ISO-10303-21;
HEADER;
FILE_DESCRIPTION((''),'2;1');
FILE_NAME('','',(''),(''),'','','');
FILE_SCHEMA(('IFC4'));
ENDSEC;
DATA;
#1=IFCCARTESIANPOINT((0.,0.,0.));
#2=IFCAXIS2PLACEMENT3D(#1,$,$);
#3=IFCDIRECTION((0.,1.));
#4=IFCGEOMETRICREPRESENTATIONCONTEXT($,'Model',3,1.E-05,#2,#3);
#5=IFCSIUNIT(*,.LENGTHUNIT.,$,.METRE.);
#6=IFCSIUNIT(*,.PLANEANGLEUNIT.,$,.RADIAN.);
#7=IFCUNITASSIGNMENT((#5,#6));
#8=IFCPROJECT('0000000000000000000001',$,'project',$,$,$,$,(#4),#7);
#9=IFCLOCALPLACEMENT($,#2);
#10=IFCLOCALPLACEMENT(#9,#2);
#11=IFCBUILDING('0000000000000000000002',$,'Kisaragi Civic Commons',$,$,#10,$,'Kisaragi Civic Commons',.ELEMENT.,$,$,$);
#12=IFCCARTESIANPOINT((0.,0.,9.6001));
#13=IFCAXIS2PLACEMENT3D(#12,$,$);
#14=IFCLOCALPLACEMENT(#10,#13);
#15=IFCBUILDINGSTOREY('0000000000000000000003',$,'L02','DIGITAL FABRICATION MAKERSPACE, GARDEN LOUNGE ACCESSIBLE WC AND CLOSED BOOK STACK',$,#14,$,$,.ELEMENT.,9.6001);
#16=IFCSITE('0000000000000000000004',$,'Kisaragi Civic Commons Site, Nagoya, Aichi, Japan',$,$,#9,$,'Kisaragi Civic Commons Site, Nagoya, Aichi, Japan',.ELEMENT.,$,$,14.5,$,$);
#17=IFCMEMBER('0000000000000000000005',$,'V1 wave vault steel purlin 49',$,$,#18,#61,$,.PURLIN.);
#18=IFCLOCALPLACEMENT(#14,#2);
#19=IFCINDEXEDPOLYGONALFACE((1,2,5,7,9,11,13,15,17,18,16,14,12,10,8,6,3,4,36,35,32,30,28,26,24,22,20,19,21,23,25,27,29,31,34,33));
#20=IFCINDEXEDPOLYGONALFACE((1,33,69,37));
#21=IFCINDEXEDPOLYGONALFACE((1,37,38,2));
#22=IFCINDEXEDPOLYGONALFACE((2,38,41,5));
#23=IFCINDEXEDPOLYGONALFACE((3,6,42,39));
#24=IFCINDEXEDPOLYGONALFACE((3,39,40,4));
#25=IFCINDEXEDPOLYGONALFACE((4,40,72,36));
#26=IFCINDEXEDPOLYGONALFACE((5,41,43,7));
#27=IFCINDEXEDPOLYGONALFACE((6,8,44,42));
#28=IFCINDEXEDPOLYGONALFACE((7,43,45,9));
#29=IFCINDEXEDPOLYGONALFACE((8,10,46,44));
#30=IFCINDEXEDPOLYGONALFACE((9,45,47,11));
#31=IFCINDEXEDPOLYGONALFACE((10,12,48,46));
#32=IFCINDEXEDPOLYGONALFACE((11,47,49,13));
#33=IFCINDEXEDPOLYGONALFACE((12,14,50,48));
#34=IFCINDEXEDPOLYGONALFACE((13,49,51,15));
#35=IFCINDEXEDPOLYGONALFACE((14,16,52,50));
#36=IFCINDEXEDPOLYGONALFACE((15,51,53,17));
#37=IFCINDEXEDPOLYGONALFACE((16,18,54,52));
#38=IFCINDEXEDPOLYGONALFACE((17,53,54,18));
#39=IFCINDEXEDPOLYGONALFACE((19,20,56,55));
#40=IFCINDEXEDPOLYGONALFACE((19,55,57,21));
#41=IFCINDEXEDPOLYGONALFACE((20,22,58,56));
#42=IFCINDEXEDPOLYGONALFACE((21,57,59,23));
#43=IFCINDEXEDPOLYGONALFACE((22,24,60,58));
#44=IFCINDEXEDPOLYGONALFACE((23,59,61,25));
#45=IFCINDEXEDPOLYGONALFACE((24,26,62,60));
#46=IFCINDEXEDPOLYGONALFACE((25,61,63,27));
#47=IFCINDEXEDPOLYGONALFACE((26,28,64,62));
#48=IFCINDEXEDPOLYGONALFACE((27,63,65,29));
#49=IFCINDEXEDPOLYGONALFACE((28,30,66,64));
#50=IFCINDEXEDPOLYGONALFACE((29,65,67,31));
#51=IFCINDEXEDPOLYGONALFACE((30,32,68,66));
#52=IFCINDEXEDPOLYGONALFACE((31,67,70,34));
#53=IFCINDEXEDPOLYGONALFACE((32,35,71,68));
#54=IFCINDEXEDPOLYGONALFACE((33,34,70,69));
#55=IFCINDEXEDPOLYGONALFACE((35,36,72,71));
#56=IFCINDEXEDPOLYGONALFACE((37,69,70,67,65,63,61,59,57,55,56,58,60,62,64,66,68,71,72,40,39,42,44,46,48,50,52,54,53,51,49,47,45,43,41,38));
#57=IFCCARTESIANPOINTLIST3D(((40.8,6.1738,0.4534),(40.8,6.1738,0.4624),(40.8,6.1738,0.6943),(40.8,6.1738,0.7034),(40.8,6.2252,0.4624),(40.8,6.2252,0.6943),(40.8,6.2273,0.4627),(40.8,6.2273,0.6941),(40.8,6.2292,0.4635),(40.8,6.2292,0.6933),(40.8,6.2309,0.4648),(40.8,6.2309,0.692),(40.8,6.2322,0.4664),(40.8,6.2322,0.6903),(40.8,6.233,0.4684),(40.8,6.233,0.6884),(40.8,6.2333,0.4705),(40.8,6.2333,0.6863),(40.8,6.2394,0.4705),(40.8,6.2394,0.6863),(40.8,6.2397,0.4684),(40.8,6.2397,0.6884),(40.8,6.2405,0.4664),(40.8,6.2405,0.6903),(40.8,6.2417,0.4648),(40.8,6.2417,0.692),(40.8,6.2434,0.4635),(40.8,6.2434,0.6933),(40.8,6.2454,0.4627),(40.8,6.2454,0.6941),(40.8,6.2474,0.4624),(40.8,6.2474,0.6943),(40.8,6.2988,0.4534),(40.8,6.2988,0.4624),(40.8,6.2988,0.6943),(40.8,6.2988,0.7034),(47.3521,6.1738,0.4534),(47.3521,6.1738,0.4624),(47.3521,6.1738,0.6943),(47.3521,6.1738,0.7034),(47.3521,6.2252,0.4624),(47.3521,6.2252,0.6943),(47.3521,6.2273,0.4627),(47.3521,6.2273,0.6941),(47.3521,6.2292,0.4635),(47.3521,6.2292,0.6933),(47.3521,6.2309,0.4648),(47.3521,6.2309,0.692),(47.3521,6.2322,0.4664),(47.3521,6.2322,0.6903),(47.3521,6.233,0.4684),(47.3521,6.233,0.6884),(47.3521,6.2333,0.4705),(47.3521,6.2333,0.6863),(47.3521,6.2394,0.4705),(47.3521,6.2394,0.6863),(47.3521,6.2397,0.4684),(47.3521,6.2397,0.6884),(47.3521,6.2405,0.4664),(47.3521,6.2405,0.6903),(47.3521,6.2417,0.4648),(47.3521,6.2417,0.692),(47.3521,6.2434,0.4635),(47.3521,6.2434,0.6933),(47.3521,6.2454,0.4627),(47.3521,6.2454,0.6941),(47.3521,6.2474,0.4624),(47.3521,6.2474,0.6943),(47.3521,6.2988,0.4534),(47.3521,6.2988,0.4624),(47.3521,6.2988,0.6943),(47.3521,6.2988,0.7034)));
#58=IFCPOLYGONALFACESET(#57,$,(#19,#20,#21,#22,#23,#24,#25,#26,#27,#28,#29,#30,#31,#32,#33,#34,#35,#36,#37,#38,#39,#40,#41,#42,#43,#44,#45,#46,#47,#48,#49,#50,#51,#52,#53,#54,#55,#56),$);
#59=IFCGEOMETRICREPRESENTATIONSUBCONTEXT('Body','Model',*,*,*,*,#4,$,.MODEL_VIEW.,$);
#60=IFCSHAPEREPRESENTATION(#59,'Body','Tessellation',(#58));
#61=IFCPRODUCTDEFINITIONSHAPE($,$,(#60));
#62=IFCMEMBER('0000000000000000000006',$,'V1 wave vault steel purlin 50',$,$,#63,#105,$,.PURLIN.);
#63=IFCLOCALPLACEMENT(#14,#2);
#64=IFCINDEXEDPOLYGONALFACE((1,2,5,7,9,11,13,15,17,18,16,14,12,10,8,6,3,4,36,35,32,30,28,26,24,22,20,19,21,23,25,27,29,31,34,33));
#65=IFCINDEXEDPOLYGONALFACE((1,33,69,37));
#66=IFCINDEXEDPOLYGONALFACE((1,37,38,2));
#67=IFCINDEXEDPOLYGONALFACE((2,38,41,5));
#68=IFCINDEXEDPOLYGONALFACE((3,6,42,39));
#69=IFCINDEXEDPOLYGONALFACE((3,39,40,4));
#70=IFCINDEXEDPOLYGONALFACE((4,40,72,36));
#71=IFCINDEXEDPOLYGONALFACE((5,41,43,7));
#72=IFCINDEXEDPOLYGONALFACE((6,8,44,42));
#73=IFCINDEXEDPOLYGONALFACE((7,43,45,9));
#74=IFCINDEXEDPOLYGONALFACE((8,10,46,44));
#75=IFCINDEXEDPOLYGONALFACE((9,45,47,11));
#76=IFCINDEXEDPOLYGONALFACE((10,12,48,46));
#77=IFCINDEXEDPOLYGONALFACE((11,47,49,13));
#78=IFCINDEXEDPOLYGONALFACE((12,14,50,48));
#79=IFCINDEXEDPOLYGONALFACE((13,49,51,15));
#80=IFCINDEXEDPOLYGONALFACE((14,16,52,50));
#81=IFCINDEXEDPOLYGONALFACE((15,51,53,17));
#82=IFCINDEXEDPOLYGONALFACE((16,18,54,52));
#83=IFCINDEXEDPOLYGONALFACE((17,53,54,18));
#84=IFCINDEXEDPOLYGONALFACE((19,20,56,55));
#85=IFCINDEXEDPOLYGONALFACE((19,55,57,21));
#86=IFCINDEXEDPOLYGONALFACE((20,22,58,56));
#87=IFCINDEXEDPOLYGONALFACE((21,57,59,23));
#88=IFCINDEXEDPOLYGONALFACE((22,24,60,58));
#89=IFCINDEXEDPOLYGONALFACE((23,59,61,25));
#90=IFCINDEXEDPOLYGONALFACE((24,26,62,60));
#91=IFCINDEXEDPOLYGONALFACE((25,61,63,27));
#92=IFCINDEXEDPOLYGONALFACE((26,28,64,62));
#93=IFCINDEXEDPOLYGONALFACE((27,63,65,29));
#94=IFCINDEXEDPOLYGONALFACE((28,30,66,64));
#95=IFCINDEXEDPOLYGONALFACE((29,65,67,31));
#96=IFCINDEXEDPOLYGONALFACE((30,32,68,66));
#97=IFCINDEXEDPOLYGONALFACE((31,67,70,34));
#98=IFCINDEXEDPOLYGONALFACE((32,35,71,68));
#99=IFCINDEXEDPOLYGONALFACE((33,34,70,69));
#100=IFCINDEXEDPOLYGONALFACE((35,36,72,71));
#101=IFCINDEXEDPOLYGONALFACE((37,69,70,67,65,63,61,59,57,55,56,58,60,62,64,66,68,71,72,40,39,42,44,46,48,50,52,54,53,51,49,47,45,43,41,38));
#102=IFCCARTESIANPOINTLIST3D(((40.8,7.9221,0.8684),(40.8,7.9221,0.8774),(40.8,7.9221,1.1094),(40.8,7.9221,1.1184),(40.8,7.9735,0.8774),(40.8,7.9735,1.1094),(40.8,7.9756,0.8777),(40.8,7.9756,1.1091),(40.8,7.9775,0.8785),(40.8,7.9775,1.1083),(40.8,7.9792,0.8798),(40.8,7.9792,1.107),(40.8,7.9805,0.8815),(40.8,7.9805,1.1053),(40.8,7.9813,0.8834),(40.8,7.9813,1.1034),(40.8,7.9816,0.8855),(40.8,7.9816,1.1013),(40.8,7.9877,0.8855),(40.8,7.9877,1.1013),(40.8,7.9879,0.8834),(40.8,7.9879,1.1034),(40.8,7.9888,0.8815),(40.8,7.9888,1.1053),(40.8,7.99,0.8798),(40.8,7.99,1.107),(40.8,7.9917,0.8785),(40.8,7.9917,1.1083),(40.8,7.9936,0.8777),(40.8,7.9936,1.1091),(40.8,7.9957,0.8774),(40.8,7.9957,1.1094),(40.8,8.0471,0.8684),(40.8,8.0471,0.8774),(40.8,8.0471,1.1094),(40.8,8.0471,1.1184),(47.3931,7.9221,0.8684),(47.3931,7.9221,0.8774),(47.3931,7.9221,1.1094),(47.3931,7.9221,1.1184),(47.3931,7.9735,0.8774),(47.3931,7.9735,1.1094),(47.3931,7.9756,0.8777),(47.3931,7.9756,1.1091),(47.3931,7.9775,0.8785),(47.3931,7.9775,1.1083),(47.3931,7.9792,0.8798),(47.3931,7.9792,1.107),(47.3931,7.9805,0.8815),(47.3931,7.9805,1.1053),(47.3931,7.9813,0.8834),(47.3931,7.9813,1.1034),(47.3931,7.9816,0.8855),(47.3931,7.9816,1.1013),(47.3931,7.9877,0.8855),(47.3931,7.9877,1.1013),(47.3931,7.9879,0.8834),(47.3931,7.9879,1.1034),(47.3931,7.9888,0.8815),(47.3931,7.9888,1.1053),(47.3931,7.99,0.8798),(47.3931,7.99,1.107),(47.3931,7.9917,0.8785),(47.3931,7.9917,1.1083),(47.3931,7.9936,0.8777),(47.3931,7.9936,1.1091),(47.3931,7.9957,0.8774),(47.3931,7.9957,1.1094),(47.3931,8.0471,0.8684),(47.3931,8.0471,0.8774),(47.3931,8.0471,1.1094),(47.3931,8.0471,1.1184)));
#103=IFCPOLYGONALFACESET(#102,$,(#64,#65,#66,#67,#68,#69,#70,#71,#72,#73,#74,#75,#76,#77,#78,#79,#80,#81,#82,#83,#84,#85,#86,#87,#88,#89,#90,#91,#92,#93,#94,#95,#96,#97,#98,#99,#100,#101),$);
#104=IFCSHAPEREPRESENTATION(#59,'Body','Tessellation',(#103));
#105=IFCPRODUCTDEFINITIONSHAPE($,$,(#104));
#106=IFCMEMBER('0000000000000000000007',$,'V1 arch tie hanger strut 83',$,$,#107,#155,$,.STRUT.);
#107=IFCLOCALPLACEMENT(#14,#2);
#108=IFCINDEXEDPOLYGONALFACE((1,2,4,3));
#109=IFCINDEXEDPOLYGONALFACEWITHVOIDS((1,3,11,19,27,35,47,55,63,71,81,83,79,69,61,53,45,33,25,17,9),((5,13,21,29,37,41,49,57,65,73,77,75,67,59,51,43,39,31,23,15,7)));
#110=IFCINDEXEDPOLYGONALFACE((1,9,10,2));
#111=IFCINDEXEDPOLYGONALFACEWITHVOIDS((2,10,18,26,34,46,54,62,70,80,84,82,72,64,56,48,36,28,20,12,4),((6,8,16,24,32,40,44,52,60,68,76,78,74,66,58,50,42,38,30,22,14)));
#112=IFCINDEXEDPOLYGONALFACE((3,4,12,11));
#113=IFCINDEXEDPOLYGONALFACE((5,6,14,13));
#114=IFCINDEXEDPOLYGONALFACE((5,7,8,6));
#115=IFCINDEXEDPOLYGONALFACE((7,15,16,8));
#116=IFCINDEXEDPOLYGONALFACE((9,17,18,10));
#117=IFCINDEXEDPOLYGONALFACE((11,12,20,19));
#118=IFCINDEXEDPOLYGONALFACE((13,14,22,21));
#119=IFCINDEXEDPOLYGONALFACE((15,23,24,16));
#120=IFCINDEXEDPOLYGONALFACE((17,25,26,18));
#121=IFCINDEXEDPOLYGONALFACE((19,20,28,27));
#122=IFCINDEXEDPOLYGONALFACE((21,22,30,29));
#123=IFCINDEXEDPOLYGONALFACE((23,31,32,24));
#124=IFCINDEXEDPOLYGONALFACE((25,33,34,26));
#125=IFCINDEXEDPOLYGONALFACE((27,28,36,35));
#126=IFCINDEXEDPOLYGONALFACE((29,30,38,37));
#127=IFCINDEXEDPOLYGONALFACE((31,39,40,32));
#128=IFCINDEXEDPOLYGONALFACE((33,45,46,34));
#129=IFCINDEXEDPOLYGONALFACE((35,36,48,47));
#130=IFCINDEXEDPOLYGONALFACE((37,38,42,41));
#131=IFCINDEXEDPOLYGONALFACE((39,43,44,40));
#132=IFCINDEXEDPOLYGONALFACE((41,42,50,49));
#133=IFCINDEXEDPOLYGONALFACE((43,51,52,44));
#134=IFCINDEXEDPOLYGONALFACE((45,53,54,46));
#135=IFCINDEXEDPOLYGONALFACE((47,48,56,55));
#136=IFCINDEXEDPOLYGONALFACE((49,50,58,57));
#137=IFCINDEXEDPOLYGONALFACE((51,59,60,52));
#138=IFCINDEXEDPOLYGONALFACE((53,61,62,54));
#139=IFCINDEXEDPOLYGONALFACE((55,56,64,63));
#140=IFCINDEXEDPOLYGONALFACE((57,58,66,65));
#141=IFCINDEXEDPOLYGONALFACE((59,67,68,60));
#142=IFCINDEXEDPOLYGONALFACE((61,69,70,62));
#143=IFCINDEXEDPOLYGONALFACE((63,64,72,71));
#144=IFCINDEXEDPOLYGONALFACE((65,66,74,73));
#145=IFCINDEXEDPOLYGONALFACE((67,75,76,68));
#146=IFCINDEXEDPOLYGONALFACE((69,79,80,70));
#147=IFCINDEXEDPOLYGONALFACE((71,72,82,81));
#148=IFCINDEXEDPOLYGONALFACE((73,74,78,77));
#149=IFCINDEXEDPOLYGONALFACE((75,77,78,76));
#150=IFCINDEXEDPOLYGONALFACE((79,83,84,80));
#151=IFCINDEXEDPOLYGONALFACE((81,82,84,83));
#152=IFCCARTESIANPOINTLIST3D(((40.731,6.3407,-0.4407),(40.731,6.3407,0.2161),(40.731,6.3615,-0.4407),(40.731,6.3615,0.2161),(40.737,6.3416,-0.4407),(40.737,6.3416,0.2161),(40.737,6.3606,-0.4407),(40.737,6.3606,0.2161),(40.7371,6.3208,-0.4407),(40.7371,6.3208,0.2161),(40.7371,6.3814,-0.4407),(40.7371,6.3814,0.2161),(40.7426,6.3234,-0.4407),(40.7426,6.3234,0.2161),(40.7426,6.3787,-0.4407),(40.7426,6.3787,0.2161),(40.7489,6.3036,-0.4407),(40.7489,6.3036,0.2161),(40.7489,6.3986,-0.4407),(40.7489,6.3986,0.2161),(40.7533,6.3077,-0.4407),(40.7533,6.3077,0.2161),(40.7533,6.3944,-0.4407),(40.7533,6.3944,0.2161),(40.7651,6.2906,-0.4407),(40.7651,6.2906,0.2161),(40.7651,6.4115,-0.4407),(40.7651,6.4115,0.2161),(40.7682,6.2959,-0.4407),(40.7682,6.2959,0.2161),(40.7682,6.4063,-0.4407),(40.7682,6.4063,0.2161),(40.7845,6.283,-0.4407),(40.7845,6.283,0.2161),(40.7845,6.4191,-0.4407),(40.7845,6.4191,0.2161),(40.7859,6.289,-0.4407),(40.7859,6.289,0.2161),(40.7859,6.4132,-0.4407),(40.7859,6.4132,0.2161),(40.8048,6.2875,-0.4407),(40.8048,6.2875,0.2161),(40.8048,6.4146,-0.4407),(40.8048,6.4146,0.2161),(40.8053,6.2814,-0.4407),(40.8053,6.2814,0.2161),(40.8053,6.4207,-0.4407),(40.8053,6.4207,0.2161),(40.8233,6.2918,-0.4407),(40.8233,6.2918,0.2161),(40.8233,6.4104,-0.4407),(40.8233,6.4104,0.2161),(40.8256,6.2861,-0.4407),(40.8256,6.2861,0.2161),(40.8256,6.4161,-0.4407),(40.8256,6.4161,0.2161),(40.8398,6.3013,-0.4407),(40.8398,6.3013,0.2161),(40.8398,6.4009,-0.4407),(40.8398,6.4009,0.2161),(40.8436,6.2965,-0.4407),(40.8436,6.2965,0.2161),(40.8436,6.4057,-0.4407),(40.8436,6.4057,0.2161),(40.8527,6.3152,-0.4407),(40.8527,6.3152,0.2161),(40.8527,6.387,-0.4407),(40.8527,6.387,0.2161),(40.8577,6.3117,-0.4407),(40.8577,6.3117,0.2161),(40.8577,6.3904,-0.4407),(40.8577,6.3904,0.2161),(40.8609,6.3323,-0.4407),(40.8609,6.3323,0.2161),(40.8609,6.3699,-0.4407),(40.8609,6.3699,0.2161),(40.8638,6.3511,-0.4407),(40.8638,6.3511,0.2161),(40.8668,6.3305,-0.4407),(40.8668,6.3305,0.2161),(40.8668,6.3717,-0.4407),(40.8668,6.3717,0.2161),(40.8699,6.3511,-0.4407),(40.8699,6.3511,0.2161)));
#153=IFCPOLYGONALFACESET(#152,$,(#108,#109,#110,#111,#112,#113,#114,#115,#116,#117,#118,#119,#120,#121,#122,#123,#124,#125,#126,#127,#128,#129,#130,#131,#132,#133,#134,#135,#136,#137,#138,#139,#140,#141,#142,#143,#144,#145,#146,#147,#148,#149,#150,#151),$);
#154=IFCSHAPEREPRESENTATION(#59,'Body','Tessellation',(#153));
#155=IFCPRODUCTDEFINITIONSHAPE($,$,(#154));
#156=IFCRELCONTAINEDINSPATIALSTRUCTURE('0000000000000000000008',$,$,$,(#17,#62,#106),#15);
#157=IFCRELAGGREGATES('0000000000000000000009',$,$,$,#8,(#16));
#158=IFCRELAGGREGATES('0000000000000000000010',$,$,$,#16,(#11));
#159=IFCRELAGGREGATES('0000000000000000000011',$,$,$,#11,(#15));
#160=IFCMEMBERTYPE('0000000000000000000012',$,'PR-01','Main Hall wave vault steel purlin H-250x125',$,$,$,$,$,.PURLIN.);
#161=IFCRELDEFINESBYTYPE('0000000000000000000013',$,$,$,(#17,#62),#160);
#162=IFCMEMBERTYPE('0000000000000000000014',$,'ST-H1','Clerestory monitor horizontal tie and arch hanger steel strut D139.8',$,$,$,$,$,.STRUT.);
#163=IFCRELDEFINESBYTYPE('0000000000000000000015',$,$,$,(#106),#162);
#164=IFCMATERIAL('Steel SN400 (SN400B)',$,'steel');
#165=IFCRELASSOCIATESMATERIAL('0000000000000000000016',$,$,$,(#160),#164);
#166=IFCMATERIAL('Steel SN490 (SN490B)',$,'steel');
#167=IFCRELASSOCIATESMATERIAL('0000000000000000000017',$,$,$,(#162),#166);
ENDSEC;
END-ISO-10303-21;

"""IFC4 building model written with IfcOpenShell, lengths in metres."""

from ifc_helpers import new_model, si_unit, direction, frame, origin, origin_2d, place, context, subcontext, project, spatial, hollow_circle, i_section, extrude, material, material_profile, profile_set, type_object, element, save


model = new_model("IFC4")

# Units and contexts
model_context = context("Model", 3, precision=1e-05, world=origin(), true_north=direction((0.0, 1.0)))
body_context = subcontext(model_context, "Body", "Model", "MODEL_VIEW")
ifc_project = project(units=[si_unit("LENGTHUNIT", "METRE"), si_unit("PLANEANGLEUNIT", "RADIAN")], contexts=[model_context])

# Site, building, storey
site_placement = place(None, origin())
site = spatial("IfcSite", under=ifc_project, at=site_placement, Name="Kisaragi Civic Commons Site, Nagoya, Aichi, Japan", LongName="Kisaragi Civic Commons Site, Nagoya, Aichi, Japan", CompositionType="ELEMENT", RefElevation=14.5)
building_placement = place(site_placement, origin())
building = spatial("IfcBuilding", under=site, at=building_placement, Name="Kisaragi Civic Commons", LongName="Kisaragi Civic Commons", CompositionType="ELEMENT")
storey_placement = place(building_placement, frame((0.0, 0.0, 9.6001)))
storey = spatial("IfcBuildingStorey", under=building, at=storey_placement, Name="L02", Description="DIGITAL FABRICATION MAKERSPACE, GARDEN LOUNGE ACCESSIBLE WC AND CLOSED BOOK STACK", CompositionType="ELEMENT", Elevation=9.6001)

# Shared definitions
ifc_material_1 = material(Name="Steel SN400 (SN400B)", Category="steel")

# Members
ifc_material_2 = material(Name="Steel SN490 (SN490B)", Category="steel")
ifc_material_profile_1 = material_profile(ifc_material_1, i_section(OverallWidth=0.125, OverallDepth=0.25, WebThickness=0.0061, FlangeThickness=0.009, FilletRadius=0.0081, at=origin_2d()), Name="H-250x125x6x9", Category="steel")
ifc_profile_set_1 = profile_set([ifc_material_profile_1], Name="Steel SN400 (SN400B)")
member_type_1 = type_object("IfcMemberType", Name="PR-01", Description="Main Hall wave vault steel purlin H-250x125", PredefinedType="PURLIN", material=ifc_profile_set_1)
member_1_placement = place(storey_placement, frame((40.8, 6.2363, 0.5784), z_axis=(1.0, 0.0, 0.0), x_axis=(0.0, 1.0, 0.0)))
element("IfcMember", 1, at=member_1_placement, inside=storey, type_object=member_type_1, Name="V1 wave vault steel purlin 49", PredefinedType="PURLIN", context=body_context, shape_type="SweptSolid", body=[
    extrude(i_section(OverallWidth=0.125, OverallDepth=0.25, WebThickness=0.0061, FlangeThickness=0.009, FilletRadius=0.0081, at=origin_2d()), origin(), (0.0, 0.0, 1.0), 6.552),
])
member_2_placement = place(storey_placement, frame((40.8, 7.9846, 0.9934), z_axis=(1.0, 0.0, 0.0), x_axis=(0.0, 1.0, 0.0)))
element("IfcMember", 2, at=member_2_placement, inside=storey, type_object=member_type_1, Name="V1 wave vault steel purlin 50", PredefinedType="PURLIN", context=body_context, shape_type="SweptSolid", body=[
    extrude(i_section(OverallWidth=0.125, OverallDepth=0.25, WebThickness=0.0061, FlangeThickness=0.009, FilletRadius=0.0081, at=origin_2d()), origin(), (0.0, 0.0, 1.0), 6.593),
])
ifc_material_profile_2 = material_profile(ifc_material_2, hollow_circle(Radius=0.0698, WallThickness=0.0061, at=origin_2d()), Name="CHS-139.8x6.0", Category="steel")
ifc_profile_set_2 = profile_set([ifc_material_profile_2], Name="Steel SN490 (SN490B)")
member_type_2 = type_object("IfcMemberType", Name="ST-H1", Description="Clerestory monitor horizontal tie and arch hanger steel strut D139.8", PredefinedType="STRUT", material=ifc_profile_set_2)
member_3_placement = place(storey_placement, frame((40.8, 6.3511, -0.4407), z_axis=(0.0, 0.0, 1.0), x_axis=(1.0, 0.0, 0.0)))
element("IfcMember", 3, at=member_3_placement, inside=storey, type_object=member_type_2, Name="V1 arch tie hanger strut 83", PredefinedType="STRUT", context=body_context, shape_type="SweptSolid", body=[
    extrude(hollow_circle(Radius=0.0698, WallThickness=0.0061, at=origin_2d()), origin(), (0.0, 0.0, 1.0), 0.6567),
])

save(model, "model.ifc")
